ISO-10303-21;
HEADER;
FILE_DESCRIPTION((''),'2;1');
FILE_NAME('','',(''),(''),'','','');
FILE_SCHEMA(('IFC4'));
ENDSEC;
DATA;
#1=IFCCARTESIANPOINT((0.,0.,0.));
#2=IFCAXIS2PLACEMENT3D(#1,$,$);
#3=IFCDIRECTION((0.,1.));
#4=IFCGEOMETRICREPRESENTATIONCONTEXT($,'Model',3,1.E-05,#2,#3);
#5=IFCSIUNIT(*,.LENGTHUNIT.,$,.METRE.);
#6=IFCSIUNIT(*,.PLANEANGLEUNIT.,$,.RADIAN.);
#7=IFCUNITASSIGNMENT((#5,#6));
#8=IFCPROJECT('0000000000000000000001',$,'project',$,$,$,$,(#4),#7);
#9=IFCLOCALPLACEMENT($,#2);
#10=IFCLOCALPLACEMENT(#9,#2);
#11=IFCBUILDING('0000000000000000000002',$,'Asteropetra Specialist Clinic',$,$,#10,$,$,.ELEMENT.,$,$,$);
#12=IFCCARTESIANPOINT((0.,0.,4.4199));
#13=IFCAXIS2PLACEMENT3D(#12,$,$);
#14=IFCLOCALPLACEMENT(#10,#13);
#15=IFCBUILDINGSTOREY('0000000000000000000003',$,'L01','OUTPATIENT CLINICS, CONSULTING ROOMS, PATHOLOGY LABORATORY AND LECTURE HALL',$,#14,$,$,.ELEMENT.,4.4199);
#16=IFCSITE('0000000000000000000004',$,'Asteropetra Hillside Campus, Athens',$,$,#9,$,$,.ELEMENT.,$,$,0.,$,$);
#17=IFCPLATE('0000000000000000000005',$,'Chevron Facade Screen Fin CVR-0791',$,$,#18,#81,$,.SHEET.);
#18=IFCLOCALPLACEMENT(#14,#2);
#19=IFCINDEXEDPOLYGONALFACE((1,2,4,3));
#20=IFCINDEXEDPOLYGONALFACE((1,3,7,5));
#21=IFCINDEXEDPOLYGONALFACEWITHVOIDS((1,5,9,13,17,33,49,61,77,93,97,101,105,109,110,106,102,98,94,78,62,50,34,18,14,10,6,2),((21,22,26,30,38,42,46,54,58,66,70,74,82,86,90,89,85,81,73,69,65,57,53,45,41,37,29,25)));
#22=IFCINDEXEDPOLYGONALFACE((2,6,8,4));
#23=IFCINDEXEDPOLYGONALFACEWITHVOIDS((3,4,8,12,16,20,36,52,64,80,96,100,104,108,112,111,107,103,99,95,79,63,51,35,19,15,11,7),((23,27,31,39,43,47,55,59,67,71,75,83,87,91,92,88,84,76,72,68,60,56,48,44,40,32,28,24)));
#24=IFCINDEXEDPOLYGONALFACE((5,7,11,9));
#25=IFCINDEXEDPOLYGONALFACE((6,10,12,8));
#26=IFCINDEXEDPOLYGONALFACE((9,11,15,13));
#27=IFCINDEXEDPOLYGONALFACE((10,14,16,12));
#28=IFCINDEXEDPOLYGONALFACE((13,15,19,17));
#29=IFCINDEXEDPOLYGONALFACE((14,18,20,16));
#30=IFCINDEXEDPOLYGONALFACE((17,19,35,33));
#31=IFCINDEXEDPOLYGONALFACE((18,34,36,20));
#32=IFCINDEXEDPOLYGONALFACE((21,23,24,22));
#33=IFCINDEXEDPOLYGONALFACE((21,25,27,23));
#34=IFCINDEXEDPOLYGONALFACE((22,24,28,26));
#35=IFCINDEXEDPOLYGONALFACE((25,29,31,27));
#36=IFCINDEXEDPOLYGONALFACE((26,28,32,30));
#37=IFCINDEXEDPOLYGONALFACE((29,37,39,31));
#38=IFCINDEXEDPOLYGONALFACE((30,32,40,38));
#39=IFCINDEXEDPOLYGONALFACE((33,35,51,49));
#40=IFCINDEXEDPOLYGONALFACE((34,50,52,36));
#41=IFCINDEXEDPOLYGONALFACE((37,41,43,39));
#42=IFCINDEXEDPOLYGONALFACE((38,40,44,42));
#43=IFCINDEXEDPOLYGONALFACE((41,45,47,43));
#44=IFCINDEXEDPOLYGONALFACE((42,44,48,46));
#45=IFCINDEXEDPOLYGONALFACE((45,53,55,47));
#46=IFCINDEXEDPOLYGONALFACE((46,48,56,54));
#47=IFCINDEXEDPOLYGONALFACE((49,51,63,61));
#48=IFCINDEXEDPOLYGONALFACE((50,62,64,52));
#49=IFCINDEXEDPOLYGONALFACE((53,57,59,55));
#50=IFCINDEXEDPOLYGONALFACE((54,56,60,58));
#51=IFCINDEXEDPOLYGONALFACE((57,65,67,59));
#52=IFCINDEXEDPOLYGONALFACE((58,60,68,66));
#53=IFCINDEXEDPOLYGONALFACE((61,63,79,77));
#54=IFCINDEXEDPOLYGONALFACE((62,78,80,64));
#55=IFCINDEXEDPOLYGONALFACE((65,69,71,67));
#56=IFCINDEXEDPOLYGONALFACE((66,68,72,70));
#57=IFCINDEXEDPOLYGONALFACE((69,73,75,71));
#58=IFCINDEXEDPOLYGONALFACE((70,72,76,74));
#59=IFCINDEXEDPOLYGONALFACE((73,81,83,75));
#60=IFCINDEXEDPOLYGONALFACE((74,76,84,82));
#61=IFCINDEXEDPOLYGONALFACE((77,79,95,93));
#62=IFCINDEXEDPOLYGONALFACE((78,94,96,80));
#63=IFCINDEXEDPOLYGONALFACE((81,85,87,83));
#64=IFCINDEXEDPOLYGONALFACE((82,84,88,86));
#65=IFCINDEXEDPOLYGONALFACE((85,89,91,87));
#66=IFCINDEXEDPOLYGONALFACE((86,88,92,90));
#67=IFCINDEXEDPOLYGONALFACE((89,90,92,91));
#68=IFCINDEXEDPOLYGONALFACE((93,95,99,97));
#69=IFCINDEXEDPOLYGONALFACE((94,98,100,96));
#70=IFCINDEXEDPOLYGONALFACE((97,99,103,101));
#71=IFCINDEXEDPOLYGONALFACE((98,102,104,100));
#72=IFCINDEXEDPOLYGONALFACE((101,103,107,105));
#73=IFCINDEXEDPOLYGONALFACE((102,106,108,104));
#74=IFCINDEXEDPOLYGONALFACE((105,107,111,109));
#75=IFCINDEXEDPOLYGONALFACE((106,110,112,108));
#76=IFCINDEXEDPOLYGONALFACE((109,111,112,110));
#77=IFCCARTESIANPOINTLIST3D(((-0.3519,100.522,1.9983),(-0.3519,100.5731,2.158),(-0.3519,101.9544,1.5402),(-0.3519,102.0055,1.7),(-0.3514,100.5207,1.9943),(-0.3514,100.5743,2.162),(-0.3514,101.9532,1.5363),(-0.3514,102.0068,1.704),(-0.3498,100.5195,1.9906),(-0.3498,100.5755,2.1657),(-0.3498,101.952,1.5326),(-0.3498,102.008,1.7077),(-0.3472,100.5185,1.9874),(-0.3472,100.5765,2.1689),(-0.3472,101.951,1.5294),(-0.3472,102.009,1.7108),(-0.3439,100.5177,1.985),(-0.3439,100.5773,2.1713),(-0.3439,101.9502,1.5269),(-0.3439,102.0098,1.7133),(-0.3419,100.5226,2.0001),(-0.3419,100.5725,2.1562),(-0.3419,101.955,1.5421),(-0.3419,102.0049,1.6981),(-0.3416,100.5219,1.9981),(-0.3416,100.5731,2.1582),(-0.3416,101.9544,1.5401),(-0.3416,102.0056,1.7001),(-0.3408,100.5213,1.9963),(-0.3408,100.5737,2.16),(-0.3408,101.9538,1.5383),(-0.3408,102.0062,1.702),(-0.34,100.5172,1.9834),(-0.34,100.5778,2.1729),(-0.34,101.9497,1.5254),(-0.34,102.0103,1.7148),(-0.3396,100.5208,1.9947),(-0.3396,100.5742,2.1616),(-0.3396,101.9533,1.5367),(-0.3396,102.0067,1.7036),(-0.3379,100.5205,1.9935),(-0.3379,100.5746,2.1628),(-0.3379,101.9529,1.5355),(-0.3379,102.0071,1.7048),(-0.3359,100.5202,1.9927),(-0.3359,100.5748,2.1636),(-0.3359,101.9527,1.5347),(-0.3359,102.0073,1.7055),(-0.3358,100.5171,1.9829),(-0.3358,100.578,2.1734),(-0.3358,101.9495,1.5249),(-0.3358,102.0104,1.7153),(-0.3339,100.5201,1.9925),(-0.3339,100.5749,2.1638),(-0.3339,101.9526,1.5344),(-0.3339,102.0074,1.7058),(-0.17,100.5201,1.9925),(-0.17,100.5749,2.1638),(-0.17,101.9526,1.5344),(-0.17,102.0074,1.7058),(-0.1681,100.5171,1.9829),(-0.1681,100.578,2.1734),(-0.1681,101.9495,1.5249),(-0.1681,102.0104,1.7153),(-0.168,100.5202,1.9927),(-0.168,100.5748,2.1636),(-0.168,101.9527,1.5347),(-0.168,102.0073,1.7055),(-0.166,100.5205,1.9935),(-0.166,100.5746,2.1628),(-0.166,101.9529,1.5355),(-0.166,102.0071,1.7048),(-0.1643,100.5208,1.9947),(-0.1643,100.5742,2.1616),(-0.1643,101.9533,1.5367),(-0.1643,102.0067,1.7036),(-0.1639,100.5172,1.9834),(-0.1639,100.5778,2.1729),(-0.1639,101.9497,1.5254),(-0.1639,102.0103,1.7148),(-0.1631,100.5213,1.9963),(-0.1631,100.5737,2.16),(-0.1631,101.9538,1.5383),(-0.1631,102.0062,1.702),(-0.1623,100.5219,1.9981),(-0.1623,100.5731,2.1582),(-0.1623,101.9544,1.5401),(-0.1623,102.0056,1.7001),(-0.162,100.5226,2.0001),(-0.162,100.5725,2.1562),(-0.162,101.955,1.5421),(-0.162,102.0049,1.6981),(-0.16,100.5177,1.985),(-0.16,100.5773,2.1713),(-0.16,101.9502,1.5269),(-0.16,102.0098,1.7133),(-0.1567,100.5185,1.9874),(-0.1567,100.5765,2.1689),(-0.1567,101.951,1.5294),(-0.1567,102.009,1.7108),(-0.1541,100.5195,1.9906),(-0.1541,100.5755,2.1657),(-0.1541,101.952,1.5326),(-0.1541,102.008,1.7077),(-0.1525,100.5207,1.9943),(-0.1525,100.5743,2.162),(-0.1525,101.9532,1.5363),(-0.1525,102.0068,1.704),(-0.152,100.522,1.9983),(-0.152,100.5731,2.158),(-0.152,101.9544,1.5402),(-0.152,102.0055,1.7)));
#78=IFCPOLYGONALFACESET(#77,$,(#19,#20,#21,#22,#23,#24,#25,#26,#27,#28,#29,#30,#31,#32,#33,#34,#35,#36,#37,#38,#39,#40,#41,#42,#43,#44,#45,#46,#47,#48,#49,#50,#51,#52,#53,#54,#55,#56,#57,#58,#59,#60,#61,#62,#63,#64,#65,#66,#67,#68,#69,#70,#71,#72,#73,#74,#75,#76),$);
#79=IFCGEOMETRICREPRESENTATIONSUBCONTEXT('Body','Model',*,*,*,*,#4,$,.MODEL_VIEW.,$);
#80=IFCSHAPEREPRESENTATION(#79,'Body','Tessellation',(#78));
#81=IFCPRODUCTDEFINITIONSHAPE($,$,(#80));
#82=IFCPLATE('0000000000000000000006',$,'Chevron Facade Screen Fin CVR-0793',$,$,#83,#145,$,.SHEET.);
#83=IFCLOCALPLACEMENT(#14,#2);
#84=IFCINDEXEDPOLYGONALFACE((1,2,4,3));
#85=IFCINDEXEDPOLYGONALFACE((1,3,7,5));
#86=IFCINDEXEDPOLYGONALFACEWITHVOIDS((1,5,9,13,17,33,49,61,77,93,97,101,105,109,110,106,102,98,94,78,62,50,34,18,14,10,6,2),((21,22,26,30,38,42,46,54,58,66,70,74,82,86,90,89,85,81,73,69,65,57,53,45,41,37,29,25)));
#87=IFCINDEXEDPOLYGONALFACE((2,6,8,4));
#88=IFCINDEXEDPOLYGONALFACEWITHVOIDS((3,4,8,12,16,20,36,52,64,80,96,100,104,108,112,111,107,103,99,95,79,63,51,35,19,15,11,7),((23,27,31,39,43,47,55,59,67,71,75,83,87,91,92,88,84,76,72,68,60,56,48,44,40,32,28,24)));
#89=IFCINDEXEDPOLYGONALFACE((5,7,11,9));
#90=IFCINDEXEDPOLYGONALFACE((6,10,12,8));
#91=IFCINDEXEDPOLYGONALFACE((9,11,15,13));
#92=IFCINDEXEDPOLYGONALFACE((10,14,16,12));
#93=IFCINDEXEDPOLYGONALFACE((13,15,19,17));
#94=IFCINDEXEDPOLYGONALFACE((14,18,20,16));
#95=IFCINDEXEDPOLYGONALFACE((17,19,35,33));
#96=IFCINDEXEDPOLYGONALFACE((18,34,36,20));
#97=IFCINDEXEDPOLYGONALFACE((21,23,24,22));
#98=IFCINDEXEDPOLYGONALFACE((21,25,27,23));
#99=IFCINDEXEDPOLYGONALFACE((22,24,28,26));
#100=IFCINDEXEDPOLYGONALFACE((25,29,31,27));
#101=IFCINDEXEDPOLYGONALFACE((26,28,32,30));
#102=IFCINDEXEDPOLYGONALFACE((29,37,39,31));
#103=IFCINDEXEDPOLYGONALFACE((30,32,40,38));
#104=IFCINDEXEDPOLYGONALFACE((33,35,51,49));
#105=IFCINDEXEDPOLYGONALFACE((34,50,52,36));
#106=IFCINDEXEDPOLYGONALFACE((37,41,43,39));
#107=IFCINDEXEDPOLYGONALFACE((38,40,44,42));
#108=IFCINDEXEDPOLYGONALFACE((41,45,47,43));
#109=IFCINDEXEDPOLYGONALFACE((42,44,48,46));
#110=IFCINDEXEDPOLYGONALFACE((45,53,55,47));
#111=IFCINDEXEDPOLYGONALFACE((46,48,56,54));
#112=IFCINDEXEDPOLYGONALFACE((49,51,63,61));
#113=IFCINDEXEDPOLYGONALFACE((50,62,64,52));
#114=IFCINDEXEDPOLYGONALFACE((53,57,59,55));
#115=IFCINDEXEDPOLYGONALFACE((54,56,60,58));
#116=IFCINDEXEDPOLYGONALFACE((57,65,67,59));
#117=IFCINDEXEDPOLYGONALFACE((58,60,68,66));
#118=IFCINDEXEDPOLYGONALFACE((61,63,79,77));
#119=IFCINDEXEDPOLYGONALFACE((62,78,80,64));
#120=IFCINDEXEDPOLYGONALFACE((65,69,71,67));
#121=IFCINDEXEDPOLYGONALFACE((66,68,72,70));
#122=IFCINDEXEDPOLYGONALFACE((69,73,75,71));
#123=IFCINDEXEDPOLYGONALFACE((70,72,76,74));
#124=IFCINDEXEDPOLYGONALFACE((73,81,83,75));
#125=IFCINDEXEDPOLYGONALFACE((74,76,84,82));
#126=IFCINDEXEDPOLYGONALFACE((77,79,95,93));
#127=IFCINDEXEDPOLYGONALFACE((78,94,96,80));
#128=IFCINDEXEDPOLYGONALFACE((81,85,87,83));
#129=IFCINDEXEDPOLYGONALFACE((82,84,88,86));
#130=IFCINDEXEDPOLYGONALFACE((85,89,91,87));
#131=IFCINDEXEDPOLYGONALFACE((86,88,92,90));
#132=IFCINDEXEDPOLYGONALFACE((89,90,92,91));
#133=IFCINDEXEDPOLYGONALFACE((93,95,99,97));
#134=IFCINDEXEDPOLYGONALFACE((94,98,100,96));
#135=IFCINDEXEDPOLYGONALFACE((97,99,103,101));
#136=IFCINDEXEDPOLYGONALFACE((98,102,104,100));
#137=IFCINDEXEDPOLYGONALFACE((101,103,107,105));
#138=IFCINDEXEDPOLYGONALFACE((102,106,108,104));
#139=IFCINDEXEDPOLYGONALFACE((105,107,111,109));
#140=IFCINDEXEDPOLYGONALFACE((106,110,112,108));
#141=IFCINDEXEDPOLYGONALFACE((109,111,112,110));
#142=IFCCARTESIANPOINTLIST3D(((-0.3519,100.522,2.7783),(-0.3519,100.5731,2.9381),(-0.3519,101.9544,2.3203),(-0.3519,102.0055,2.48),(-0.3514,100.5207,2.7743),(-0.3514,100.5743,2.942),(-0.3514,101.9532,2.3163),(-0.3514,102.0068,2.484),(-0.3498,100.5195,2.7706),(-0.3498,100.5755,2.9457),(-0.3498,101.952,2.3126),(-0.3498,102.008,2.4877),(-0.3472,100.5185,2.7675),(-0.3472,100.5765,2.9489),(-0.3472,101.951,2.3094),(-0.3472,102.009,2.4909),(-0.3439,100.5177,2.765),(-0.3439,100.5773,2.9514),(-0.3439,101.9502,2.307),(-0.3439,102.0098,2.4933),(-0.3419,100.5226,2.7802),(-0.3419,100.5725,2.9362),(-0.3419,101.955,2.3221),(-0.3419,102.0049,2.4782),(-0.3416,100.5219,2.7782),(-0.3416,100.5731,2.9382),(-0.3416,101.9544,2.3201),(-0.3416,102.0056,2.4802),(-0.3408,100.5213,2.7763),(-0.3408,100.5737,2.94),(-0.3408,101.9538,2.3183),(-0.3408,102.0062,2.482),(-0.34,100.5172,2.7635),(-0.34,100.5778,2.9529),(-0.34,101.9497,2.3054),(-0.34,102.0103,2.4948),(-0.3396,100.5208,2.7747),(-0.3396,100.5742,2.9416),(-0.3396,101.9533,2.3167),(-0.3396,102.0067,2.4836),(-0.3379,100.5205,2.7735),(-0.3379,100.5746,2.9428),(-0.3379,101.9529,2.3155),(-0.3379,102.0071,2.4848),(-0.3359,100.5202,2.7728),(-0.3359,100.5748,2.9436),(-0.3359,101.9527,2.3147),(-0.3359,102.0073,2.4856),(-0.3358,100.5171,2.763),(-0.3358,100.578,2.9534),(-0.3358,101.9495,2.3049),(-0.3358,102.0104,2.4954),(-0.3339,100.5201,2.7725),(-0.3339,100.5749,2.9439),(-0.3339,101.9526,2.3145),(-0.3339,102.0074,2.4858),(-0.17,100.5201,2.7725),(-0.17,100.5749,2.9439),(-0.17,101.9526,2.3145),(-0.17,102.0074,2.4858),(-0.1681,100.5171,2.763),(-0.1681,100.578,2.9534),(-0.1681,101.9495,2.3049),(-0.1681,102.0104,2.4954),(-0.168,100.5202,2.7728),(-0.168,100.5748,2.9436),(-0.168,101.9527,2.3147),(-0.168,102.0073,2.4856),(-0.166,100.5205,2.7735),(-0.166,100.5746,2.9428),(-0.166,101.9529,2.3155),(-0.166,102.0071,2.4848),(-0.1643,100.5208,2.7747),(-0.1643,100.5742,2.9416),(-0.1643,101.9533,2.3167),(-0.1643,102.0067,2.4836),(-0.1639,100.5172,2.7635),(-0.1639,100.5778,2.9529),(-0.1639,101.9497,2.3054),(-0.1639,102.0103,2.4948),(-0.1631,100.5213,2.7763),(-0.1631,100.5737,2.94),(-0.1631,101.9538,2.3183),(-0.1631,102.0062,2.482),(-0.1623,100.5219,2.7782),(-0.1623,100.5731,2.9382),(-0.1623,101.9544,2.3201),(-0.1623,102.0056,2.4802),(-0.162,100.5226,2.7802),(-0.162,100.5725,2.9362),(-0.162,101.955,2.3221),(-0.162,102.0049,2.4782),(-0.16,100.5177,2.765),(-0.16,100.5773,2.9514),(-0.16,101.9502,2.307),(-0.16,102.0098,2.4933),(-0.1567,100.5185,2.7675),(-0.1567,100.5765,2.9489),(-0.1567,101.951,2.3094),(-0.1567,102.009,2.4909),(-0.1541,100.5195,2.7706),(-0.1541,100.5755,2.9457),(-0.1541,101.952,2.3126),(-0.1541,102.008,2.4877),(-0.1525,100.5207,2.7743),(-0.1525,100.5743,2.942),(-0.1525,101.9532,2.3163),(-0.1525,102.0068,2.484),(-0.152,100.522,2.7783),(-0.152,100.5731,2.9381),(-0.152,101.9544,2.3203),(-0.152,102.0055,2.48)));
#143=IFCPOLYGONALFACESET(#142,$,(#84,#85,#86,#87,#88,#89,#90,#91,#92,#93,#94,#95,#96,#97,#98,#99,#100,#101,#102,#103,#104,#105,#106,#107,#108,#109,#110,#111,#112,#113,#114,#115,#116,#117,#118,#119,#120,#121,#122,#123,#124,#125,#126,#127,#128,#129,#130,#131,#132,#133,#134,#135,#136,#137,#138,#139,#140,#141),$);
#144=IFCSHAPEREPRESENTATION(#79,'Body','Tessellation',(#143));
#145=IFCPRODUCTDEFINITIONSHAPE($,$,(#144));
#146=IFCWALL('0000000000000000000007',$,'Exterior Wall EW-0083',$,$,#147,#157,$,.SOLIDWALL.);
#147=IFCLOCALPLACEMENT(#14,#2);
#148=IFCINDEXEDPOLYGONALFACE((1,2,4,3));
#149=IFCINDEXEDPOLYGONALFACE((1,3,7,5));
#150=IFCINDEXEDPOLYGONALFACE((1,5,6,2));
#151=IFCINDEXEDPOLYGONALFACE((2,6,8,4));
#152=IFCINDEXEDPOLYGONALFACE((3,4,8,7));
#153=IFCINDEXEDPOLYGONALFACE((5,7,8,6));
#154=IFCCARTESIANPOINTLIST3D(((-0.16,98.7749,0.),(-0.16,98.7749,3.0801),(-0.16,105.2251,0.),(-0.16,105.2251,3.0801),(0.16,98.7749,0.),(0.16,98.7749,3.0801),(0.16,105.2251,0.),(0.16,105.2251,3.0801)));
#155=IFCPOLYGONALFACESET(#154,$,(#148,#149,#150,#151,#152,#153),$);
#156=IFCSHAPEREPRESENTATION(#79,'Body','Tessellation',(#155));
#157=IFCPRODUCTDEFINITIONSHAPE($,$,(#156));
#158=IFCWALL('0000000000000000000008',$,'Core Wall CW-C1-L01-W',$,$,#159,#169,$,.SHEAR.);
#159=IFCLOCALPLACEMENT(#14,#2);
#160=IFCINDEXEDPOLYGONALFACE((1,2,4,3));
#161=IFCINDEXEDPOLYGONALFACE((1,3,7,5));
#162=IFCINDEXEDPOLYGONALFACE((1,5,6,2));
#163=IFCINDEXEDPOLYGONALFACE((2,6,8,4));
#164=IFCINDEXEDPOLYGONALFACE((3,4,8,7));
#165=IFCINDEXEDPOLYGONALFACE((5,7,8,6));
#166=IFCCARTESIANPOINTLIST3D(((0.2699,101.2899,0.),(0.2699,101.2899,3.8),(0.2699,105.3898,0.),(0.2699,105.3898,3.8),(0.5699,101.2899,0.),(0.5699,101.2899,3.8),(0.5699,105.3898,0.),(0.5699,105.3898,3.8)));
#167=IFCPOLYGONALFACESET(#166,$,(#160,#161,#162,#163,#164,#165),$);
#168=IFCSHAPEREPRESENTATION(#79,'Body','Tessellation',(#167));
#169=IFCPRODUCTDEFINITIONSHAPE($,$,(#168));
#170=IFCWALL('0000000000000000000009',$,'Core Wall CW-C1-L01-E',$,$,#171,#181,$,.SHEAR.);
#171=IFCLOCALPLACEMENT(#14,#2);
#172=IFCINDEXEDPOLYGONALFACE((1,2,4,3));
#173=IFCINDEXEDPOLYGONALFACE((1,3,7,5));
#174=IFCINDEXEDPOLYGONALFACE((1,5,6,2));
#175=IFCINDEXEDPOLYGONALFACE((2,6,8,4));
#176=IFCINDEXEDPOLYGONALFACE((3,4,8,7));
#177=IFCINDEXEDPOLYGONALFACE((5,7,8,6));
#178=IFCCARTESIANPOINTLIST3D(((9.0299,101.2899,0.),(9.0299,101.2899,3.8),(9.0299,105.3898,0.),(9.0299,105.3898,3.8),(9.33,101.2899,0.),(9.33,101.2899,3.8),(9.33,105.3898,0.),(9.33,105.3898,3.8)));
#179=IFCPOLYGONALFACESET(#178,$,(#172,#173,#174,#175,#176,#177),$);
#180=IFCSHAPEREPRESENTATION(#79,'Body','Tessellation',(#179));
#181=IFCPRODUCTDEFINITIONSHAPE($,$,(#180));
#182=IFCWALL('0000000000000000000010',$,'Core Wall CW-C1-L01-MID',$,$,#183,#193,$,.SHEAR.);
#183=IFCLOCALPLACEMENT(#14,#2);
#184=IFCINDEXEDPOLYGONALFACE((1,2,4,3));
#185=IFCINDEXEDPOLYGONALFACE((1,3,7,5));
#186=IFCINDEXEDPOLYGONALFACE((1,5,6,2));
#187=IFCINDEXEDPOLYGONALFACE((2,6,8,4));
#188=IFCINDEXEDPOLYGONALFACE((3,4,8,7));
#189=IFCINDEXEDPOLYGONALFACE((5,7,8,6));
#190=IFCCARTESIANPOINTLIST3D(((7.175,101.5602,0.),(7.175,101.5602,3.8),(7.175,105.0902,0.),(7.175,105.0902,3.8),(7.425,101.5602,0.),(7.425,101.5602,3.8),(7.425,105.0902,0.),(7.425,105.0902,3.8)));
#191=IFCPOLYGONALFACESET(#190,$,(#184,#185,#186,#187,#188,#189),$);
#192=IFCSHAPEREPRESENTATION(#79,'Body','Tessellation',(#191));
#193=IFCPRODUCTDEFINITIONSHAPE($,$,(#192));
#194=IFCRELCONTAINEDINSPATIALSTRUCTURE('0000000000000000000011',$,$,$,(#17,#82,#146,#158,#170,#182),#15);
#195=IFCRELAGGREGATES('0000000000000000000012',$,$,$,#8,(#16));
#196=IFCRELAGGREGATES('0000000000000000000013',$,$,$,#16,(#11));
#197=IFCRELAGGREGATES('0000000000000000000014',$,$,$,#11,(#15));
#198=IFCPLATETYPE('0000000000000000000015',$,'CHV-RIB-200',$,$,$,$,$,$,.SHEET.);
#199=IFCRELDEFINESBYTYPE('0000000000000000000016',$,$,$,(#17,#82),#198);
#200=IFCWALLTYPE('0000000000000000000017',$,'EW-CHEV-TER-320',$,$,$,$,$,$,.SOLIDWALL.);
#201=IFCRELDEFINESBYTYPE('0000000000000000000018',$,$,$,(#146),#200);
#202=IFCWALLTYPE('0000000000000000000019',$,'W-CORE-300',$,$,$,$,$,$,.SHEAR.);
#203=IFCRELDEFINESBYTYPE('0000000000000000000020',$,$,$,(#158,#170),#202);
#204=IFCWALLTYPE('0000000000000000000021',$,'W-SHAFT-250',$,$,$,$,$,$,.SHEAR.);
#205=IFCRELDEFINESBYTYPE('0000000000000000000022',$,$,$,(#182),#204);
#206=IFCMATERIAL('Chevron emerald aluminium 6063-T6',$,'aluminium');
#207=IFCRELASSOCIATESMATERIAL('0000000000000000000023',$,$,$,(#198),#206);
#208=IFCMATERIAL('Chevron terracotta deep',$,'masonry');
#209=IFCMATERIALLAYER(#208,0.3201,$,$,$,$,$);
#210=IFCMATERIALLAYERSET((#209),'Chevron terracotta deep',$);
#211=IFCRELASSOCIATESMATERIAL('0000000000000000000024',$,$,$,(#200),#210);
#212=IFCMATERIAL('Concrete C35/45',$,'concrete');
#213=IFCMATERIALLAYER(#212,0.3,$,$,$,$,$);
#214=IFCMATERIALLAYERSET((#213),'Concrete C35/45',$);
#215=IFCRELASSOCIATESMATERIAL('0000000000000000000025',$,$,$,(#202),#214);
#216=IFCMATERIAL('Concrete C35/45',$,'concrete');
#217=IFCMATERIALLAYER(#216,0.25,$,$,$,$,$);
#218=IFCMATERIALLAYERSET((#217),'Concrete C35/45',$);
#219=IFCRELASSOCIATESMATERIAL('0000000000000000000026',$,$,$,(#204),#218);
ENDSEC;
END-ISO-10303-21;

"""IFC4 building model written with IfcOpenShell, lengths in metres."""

from ifc_helpers import new_model, si_unit, direction, frame, frame_2d, origin, origin_2d, place, context, subcontext, project, spatial, rectangle, hollow_rectangle, extrude, material, layer, layer_set, material_profile, profile_set, type_object, element, save


model = new_model("IFC4")

# Units and contexts
model_context = context("Model", 3, precision=1e-05, world=origin(), true_north=direction((0.0, 1.0)))
body_context = subcontext(model_context, "Body", "Model", "MODEL_VIEW")
ifc_project = project(units=[si_unit("LENGTHUNIT", "METRE"), si_unit("PLANEANGLEUNIT", "RADIAN")], contexts=[model_context])

# Site, building, storey
site_placement = place(None, origin())
site = spatial("IfcSite", under=ifc_project, at=site_placement, Name="Asteropetra Hillside Campus, Athens", CompositionType="ELEMENT", RefElevation=0.0)
building_placement = place(site_placement, origin())
building = spatial("IfcBuilding", under=site, at=building_placement, Name="Asteropetra Specialist Clinic", CompositionType="ELEMENT")
storey_placement = place(building_placement, frame((0.0, 0.0, 4.4199)))
storey = spatial("IfcBuildingStorey", under=building, at=storey_placement, Name="L01", Description="OUTPATIENT CLINICS, CONSULTING ROOMS, PATHOLOGY LABORATORY AND LECTURE HALL", CompositionType="ELEMENT", Elevation=4.4199)

# Plates
ifc_material_1 = material(Name="Chevron emerald aluminium 6063-T6", Category="aluminium")
ifc_material_profile = material_profile(ifc_material_1, hollow_rectangle(XDim=0.2, YDim=0.2, WallThickness=0.01, InnerFilletRadius=0.0081, OuterFilletRadius=0.0161, at=origin_2d()), Name="SHS 200x200x10.0")
ifc_profile_set = profile_set([ifc_material_profile], Name="Chevron emerald aluminium 6063-T6")
plate_type = type_object("IfcPlateType", Name="CHV-RIB-200", PredefinedType="SHEET", material=ifc_profile_set)
for number, where, z_axis, x_axis, name in (
    (1, (-0.252, 101.98, 1.6201), (0.0, -0.952492, 0.304564), (1.0, 0.0, 0.0), "Chevron Facade Screen Fin CVR-0791"),
    (2, (-0.252, 101.98, 2.4001), (0.0, -0.952492, 0.304564), (1.0, 0.0, 0.0), "Chevron Facade Screen Fin CVR-0793"),
):
    element("IfcPlate", number, at=place(storey_placement, frame(where, z_axis=z_axis, x_axis=x_axis)), inside=storey, type_object=plate_type, Name=name, PredefinedType="SHEET", context=body_context, shape_type="SweptSolid", body=[
        extrude(hollow_rectangle(XDim=0.2, YDim=0.2, WallThickness=0.01, InnerFilletRadius=0.0081, OuterFilletRadius=0.0161, at=origin_2d()), origin(), (0.0, 0.0, 1.0), 1.5039),
    ])

# Walls
ifc_material_2 = material(Name="Chevron terracotta deep", Category="masonry")
ifc_layer_1 = layer(ifc_material_2, 0.3201)
ifc_layer_set_1 = layer_set([ifc_layer_1], Name="Chevron terracotta deep")
wall_type_1 = type_object("IfcWallType", Name="EW-CHEV-TER-320", PredefinedType="SOLIDWALL", material=ifc_layer_set_1)
wall_1_placement = place(storey_placement, frame((0.0, 105.2251, 0.0), z_axis=(0.0, 0.0, 1.0), x_axis=(0.0, -1.0, 0.0)))
element("IfcWall", 3, at=wall_1_placement, inside=storey, type_object=wall_type_1, Name="Exterior Wall EW-0083", PredefinedType="SOLIDWALL", context=body_context, shape_type="SweptSolid", body=[
    extrude(rectangle(XDim=6.4502, YDim=0.3201, at=frame_2d((3.2251, 0.0))), origin(), (0.0, 0.0, 1.0), 3.0801),
])
ifc_material_3 = material(Name="Concrete C35/45", Category="concrete")
ifc_layer_2 = layer(ifc_material_3, 0.3)
ifc_layer_set_2 = layer_set([ifc_layer_2], Name="Concrete C35/45")
wall_type_2 = type_object("IfcWallType", Name="W-CORE-300", PredefinedType="SHEAR", material=ifc_layer_set_2)
for number, where, z_axis, x_axis, name in (
    (4, (0.4199, 101.29, 0.0), (0.0, 0.0, 1.0), (0.0, 1.0, 0.0), "Core Wall CW-C1-L01-W"),
    (5, (9.1799, 101.29, 0.0), (0.0, 0.0, 1.0), (0.0, 1.0, 0.0), "Core Wall CW-C1-L01-E"),
):
    element("IfcWall", number, at=place(storey_placement, frame(where, z_axis=z_axis, x_axis=x_axis)), inside=storey, type_object=wall_type_2, Name=name, PredefinedType="SHEAR", context=body_context, shape_type="SweptSolid", body=[
        extrude(rectangle(XDim=4.0999, YDim=0.3, at=frame_2d((2.0498, 0.0))), origin(), (0.0, 0.0, 1.0), 3.8),
    ])
ifc_material_4 = material(Name="Concrete C35/45", Category="concrete")
ifc_layer_3 = layer(ifc_material_4, 0.25)
ifc_layer_set_3 = layer_set([ifc_layer_3], Name="Concrete C35/45")
wall_type_3 = type_object("IfcWallType", Name="W-SHAFT-250", PredefinedType="SHEAR", material=ifc_layer_set_3)
wall_2_placement = place(storey_placement, frame((7.3, 101.5601, 0.0), z_axis=(0.0, 0.0, 1.0), x_axis=(0.0, 1.0, 0.0)))
element("IfcWall", 6, at=wall_2_placement, inside=storey, type_object=wall_type_3, Name="Core Wall CW-C1-L01-MID", PredefinedType="SHEAR", context=body_context, shape_type="SweptSolid", body=[
    extrude(rectangle(XDim=3.53, YDim=0.25, at=frame_2d((1.7651, 0.0))), origin(), (0.0, 0.0, 1.0), 3.8),
])

save(model, "model.ifc")
